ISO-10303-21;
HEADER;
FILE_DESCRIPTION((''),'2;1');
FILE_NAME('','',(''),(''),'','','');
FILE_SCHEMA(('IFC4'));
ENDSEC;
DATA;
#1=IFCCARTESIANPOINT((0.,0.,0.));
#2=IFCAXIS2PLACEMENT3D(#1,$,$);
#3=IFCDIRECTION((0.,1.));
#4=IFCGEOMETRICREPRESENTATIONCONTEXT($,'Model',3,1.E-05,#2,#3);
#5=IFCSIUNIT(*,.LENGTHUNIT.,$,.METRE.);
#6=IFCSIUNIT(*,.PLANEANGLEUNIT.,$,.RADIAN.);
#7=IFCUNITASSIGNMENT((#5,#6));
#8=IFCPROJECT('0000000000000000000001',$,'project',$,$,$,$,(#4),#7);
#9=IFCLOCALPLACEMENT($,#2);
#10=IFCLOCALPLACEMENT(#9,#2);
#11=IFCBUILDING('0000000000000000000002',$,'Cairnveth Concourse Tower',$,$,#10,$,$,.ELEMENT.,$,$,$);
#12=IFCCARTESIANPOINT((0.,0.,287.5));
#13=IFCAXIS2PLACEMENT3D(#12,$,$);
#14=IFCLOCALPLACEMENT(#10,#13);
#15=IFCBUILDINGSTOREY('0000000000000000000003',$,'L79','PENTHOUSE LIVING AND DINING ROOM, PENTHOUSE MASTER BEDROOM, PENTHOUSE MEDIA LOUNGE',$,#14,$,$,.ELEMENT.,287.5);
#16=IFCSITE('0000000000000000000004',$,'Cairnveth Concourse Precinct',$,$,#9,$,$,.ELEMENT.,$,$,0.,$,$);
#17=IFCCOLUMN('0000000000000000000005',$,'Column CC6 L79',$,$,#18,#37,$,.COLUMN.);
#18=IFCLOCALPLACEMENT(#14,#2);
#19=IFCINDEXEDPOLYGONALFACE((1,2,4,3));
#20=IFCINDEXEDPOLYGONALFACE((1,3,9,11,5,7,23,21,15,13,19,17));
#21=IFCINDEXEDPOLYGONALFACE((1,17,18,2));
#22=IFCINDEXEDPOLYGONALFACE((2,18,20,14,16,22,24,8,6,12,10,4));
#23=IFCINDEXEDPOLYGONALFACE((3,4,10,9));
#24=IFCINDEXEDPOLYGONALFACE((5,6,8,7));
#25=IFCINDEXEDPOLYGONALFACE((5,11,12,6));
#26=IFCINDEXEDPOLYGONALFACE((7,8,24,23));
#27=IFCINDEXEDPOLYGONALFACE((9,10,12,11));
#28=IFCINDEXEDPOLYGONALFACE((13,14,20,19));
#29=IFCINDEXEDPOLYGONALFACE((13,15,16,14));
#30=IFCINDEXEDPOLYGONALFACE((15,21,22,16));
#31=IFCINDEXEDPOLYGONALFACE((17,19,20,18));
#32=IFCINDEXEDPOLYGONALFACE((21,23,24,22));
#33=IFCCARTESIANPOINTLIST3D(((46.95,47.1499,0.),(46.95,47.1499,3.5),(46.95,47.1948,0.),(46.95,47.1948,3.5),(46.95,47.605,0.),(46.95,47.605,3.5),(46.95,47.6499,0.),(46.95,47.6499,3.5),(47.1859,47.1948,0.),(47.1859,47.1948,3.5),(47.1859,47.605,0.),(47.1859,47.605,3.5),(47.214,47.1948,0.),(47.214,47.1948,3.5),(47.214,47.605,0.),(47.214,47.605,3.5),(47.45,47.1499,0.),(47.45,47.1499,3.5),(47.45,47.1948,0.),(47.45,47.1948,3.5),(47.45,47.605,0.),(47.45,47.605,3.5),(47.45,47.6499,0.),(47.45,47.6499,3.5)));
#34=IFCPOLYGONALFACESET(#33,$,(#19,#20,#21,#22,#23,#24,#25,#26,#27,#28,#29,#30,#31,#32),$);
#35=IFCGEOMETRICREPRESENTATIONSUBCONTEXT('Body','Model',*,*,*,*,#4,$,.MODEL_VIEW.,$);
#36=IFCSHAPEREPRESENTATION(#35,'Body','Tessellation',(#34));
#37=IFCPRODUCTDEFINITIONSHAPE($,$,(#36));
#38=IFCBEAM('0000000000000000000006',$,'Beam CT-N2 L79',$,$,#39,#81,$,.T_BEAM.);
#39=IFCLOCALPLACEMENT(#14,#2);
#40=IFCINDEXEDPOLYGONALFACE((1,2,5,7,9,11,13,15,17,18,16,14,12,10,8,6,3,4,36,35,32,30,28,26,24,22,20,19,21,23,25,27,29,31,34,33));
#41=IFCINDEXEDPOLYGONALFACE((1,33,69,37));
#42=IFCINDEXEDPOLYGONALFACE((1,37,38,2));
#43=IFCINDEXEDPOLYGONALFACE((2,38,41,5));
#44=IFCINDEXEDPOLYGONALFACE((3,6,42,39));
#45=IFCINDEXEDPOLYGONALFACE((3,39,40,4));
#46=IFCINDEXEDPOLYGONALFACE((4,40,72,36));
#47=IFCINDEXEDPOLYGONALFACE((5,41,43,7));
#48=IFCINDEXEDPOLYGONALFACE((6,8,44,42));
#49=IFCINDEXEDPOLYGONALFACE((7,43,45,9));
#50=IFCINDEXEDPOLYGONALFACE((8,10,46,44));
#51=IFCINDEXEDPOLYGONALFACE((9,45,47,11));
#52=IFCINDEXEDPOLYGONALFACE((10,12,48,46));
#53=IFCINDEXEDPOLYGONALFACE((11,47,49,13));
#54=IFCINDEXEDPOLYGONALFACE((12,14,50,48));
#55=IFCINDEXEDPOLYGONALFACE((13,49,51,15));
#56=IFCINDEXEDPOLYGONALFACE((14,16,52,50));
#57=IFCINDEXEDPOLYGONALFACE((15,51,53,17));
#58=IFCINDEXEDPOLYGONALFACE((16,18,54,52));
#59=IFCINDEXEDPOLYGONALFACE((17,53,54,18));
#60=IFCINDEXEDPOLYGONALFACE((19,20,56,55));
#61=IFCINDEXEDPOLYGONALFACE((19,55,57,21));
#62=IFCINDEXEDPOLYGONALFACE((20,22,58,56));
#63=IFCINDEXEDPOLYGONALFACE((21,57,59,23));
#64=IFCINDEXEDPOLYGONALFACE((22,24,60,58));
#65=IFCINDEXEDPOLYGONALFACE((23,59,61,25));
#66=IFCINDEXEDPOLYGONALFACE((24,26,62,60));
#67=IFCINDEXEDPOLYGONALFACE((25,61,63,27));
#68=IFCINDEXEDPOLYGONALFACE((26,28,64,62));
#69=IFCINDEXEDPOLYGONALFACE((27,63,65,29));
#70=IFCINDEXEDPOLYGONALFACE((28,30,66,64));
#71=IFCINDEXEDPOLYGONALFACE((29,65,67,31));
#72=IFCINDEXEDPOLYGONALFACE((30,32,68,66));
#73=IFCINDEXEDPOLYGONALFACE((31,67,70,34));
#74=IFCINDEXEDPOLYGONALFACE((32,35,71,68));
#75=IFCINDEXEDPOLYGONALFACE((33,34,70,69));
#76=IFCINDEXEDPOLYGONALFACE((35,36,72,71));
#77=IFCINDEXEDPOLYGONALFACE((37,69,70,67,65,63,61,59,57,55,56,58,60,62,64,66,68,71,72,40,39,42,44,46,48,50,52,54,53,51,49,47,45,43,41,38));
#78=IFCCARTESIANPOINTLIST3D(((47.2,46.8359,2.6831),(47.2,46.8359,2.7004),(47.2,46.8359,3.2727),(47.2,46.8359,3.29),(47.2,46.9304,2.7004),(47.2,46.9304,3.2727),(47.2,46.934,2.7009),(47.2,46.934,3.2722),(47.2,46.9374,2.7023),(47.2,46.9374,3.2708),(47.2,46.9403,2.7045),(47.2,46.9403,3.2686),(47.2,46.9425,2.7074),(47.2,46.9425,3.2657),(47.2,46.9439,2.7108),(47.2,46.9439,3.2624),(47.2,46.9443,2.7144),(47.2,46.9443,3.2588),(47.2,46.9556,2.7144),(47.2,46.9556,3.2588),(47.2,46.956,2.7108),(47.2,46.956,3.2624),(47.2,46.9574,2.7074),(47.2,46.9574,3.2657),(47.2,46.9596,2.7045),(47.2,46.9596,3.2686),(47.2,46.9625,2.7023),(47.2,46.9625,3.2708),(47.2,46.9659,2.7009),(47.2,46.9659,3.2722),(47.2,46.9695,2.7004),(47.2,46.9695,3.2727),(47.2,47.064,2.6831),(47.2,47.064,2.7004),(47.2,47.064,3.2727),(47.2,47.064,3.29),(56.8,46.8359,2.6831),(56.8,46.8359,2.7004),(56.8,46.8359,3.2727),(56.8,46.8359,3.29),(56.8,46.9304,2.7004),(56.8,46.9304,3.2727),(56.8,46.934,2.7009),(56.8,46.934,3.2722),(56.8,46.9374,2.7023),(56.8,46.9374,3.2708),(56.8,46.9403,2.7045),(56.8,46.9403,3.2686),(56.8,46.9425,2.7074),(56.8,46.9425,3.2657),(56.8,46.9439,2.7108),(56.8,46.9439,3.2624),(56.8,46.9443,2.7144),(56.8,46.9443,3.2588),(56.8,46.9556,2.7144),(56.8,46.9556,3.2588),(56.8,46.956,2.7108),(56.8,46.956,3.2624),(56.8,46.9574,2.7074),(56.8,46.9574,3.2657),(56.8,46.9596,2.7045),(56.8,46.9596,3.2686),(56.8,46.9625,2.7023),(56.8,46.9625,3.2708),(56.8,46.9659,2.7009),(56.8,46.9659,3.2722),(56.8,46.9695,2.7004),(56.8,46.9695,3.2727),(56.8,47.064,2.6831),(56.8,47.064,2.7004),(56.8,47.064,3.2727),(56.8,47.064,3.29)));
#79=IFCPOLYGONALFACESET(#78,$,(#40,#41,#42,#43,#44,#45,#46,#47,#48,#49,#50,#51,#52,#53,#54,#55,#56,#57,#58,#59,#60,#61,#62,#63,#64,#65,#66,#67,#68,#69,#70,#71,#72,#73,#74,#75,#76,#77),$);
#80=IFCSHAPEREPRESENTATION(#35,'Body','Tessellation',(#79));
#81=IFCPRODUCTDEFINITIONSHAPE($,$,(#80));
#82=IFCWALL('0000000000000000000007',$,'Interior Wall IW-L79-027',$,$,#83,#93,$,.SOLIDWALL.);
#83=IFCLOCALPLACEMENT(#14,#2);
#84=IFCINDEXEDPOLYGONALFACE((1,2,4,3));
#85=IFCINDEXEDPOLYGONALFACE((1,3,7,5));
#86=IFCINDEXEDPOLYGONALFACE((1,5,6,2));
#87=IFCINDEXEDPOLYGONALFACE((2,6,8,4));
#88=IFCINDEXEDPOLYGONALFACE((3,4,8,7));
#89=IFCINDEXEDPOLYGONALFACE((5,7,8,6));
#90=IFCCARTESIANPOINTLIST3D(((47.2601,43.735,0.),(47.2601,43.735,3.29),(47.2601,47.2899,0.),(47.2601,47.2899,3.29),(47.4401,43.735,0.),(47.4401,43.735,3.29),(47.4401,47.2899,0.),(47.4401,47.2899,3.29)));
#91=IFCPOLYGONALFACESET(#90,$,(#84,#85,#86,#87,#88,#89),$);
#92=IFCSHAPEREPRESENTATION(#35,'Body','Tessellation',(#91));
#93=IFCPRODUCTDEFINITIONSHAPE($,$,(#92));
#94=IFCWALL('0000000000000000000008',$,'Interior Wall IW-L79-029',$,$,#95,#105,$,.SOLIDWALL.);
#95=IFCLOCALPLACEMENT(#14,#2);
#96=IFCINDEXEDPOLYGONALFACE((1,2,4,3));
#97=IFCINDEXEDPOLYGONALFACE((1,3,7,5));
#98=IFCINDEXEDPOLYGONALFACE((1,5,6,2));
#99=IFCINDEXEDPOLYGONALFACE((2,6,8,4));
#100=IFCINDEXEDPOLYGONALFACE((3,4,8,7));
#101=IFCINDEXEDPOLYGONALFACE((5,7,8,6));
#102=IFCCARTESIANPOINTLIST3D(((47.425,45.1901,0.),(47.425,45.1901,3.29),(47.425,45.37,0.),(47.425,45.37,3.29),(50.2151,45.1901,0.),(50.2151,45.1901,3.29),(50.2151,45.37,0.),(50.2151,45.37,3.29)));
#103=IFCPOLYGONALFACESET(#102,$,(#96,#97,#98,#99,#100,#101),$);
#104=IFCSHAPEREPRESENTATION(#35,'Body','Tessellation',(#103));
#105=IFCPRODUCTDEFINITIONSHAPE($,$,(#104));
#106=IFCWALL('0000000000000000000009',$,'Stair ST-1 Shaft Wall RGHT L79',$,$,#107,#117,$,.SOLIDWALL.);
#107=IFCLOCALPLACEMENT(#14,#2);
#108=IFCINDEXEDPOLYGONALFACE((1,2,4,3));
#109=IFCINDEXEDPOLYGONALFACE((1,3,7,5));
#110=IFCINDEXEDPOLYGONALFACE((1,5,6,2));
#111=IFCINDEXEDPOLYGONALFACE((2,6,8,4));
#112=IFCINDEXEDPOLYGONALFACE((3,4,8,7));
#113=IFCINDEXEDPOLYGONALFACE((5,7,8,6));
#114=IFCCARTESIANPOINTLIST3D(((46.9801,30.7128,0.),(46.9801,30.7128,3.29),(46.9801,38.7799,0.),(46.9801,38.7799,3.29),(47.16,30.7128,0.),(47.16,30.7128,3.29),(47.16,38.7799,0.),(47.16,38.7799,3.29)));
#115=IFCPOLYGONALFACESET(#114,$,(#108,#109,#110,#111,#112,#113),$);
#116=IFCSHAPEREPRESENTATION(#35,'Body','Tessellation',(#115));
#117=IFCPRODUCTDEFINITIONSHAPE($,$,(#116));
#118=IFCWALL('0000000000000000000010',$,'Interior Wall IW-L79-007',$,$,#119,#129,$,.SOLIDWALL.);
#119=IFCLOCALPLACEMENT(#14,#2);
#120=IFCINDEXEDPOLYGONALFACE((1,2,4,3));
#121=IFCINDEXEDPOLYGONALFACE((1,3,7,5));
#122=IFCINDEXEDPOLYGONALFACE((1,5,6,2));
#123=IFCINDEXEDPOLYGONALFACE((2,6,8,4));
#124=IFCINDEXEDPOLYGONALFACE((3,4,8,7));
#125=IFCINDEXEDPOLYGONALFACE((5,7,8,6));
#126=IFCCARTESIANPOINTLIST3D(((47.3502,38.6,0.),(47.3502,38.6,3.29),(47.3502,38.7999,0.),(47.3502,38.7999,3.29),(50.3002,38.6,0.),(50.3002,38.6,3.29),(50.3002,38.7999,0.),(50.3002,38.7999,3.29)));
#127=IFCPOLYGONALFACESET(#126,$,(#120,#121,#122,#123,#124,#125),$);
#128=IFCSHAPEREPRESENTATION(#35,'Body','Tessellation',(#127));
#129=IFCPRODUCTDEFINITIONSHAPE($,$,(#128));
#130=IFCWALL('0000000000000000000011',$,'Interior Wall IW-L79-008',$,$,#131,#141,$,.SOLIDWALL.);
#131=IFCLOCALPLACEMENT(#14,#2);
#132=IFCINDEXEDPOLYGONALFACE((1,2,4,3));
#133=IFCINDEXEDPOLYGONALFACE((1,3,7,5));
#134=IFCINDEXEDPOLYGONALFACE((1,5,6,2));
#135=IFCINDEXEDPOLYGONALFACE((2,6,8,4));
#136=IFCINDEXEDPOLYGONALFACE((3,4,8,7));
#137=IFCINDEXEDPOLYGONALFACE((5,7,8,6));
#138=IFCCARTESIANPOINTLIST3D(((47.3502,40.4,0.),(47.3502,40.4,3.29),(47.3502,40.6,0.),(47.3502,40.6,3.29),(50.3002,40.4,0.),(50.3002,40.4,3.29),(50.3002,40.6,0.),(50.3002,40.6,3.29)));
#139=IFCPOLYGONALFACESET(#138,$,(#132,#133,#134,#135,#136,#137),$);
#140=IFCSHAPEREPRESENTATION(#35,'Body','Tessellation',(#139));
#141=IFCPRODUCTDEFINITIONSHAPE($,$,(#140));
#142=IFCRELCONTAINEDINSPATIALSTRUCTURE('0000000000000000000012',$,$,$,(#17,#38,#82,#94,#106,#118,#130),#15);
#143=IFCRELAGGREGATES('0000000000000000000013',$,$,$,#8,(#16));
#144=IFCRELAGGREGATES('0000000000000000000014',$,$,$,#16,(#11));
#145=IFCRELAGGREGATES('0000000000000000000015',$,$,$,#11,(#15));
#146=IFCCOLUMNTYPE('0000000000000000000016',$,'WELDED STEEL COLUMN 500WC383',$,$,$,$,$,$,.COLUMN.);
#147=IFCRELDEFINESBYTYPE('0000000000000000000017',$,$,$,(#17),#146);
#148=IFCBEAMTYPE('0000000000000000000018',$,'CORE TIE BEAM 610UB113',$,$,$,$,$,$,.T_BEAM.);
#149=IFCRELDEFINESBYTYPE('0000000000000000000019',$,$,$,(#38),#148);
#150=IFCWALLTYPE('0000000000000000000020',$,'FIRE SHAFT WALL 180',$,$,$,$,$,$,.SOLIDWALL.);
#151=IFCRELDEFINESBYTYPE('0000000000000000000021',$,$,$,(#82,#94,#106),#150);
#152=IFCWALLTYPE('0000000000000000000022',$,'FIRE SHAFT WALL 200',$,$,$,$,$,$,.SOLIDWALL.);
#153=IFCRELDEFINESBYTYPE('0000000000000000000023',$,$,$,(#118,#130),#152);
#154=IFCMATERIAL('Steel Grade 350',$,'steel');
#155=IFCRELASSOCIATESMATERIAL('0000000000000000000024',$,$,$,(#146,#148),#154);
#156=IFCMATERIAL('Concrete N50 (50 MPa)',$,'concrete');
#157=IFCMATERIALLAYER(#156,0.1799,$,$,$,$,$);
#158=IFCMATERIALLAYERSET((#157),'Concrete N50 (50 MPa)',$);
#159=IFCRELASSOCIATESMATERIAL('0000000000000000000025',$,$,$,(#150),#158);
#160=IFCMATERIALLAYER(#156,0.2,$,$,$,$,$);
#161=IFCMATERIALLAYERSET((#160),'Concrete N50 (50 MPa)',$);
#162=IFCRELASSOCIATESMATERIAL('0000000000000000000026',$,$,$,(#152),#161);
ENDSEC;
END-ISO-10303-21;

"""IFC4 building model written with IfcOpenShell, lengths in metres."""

from ifc_helpers import new_model, si_unit, direction, frame, frame_2d, origin, origin_2d, place, context, subcontext, project, spatial, rectangle, i_section, extrude, material, layer, layer_set, material_profile, profile_set, type_object, element, save


model = new_model("IFC4")

# Units and contexts
model_context = context("Model", 3, precision=1e-05, world=origin(), true_north=direction((0.0, 1.0)))
body_context = subcontext(model_context, "Body", "Model", "MODEL_VIEW")
ifc_project = project(units=[si_unit("LENGTHUNIT", "METRE"), si_unit("PLANEANGLEUNIT", "RADIAN")], contexts=[model_context])

# Site, building, storey
site_placement = place(None, origin())
site = spatial("IfcSite", under=ifc_project, at=site_placement, Name="Cairnveth Concourse Precinct", CompositionType="ELEMENT", RefElevation=0.0)
building_placement = place(site_placement, origin())
building = spatial("IfcBuilding", under=site, at=building_placement, Name="Cairnveth Concourse Tower", CompositionType="ELEMENT")
storey_placement = place(building_placement, frame((0.0, 0.0, 287.5)))
storey = spatial("IfcBuildingStorey", under=building, at=storey_placement, Name="L79", Description="PENTHOUSE LIVING AND DINING ROOM, PENTHOUSE MASTER BEDROOM, PENTHOUSE MEDIA LOUNGE", CompositionType="ELEMENT", Elevation=287.5)

# Column
ifc_material_1 = material(Name="Steel Grade 350", Category="steel")
ifc_material_profile_1 = material_profile(ifc_material_1, i_section(OverallWidth=0.5, OverallDepth=0.5, WebThickness=0.0281, FlangeThickness=0.0449, at=origin_2d()), Name="500WC383")
ifc_profile_set_1 = profile_set([ifc_material_profile_1], Name="Steel Grade 350")
column_type = type_object("IfcColumnType", Name="WELDED STEEL COLUMN 500WC383", PredefinedType="COLUMN", material=ifc_profile_set_1)
column_placement = place(storey_placement, frame((47.2, 47.3999, 0.0), z_axis=(0.0, 0.0, 1.0), x_axis=(1.0, 0.0, 0.0)))
element("IfcColumn", 1, at=column_placement, inside=storey, type_object=column_type, Name="Column CC6 L79", PredefinedType="COLUMN", context=body_context, shape_type="SweptSolid", body=[
    extrude(i_section(OverallWidth=0.5, OverallDepth=0.5, WebThickness=0.0281, FlangeThickness=0.0449, at=origin_2d()), origin(), (0.0, 0.0, 1.0), 3.5),
])

# Beam
ifc_material_profile_2 = material_profile(ifc_material_1, i_section(OverallWidth=0.228, OverallDepth=0.6069, WebThickness=0.0112, FlangeThickness=0.0173, FilletRadius=0.0139, at=origin_2d()), Name="610UB113")
ifc_profile_set_2 = profile_set([ifc_material_profile_2], Name="Steel Grade 350")
beam_type = type_object("IfcBeamType", Name="CORE TIE BEAM 610UB113", PredefinedType="T_BEAM", material=ifc_profile_set_2)
beam_placement = place(storey_placement, frame((47.2, 46.95, 2.9866), z_axis=(1.0, 0.0, 0.0), x_axis=(0.0, 1.0, 0.0)))
element("IfcBeam", 2, at=beam_placement, inside=storey, type_object=beam_type, Name="Beam CT-N2 L79", PredefinedType="T_BEAM", context=body_context, shape_type="SweptSolid", body=[
    extrude(i_section(OverallWidth=0.228, OverallDepth=0.6069, WebThickness=0.0112, FlangeThickness=0.0173, FilletRadius=0.0139, at=origin_2d()), origin(), (0.0, 0.0, 1.0), 9.6001),
])

# Walls
ifc_material_2 = material(Name="Concrete N50 (50 MPa)", Category="concrete")
ifc_layer_1 = layer(ifc_material_2, 0.1799)
ifc_layer_set_1 = layer_set([ifc_layer_1], Name="Concrete N50 (50 MPa)")
wall_type_1 = type_object("IfcWallType", Name="FIRE SHAFT WALL 180", PredefinedType="SOLIDWALL", material=ifc_layer_set_1)
wall_1_placement = place(storey_placement, frame((47.3501, 43.7351, 0.0), z_axis=(0.0, 0.0, 1.0), x_axis=(0.0, 1.0, 0.0)))
element("IfcWall", 3, at=wall_1_placement, inside=storey, type_object=wall_type_1, Name="Interior Wall IW-L79-027", PredefinedType="SOLIDWALL", context=body_context, shape_type="SweptSolid", body=[
    extrude(rectangle(XDim=3.5549, YDim=0.1799, at=frame_2d((1.7773, 0.0))), origin(), (0.0, 0.0, 1.0), 3.29),
])
wall_2_placement = place(storey_placement, frame((47.425, 45.28, 0.0), z_axis=(0.0, 0.0, 1.0), x_axis=(1.0, 0.0, 0.0)))
element("IfcWall", 4, at=wall_2_placement, inside=storey, type_object=wall_type_1, Name="Interior Wall IW-L79-029", PredefinedType="SOLIDWALL", context=body_context, shape_type="SweptSolid", body=[
    extrude(rectangle(XDim=2.79, YDim=0.1799, at=frame_2d((1.395, 0.0))), origin(), (0.0, 0.0, 1.0), 3.29),
])

# Walls
wall_3_placement = place(storey_placement, frame((47.0701, 38.78, 0.0), z_axis=(0.0, 0.0, 1.0), x_axis=(0.0, -1.0, 0.0)))
element("IfcWall", 5, at=wall_3_placement, inside=storey, type_object=wall_type_1, Name="Stair ST-1 Shaft Wall RGHT L79", PredefinedType="SOLIDWALL", context=body_context, shape_type="SweptSolid", body=[
    extrude(rectangle(XDim=8.0671, YDim=0.1799, at=frame_2d((4.0337, 0.0))), origin(), (0.0, 0.0, 1.0), 3.29),
])
ifc_layer_2 = layer(ifc_material_2, 0.2)
ifc_layer_set_2 = layer_set([ifc_layer_2], Name="Concrete N50 (50 MPa)")
wall_type_2 = type_object("IfcWallType", Name="FIRE SHAFT WALL 200", PredefinedType="SOLIDWALL", material=ifc_layer_set_2)
for number, where, z_axis, x_axis, name in (
    (6, (47.3501, 38.7, 0.0), (0.0, 0.0, 1.0), (1.0, 0.0, 0.0), "Interior Wall IW-L79-007"),
    (7, (47.3501, 40.5, 0.0), (0.0, 0.0, 1.0), (1.0, 0.0, 0.0), "Interior Wall IW-L79-008"),
):
    element("IfcWall", number, at=place(storey_placement, frame(where, z_axis=z_axis, x_axis=x_axis)), inside=storey, type_object=wall_type_2, Name=name, PredefinedType="SOLIDWALL", context=body_context, shape_type="SweptSolid", body=[
        extrude(rectangle(XDim=2.95, YDim=0.2, at=frame_2d((1.4751, 0.0))), origin(), (0.0, 0.0, 1.0), 3.29),
    ])

save(model, "model.ifc")
